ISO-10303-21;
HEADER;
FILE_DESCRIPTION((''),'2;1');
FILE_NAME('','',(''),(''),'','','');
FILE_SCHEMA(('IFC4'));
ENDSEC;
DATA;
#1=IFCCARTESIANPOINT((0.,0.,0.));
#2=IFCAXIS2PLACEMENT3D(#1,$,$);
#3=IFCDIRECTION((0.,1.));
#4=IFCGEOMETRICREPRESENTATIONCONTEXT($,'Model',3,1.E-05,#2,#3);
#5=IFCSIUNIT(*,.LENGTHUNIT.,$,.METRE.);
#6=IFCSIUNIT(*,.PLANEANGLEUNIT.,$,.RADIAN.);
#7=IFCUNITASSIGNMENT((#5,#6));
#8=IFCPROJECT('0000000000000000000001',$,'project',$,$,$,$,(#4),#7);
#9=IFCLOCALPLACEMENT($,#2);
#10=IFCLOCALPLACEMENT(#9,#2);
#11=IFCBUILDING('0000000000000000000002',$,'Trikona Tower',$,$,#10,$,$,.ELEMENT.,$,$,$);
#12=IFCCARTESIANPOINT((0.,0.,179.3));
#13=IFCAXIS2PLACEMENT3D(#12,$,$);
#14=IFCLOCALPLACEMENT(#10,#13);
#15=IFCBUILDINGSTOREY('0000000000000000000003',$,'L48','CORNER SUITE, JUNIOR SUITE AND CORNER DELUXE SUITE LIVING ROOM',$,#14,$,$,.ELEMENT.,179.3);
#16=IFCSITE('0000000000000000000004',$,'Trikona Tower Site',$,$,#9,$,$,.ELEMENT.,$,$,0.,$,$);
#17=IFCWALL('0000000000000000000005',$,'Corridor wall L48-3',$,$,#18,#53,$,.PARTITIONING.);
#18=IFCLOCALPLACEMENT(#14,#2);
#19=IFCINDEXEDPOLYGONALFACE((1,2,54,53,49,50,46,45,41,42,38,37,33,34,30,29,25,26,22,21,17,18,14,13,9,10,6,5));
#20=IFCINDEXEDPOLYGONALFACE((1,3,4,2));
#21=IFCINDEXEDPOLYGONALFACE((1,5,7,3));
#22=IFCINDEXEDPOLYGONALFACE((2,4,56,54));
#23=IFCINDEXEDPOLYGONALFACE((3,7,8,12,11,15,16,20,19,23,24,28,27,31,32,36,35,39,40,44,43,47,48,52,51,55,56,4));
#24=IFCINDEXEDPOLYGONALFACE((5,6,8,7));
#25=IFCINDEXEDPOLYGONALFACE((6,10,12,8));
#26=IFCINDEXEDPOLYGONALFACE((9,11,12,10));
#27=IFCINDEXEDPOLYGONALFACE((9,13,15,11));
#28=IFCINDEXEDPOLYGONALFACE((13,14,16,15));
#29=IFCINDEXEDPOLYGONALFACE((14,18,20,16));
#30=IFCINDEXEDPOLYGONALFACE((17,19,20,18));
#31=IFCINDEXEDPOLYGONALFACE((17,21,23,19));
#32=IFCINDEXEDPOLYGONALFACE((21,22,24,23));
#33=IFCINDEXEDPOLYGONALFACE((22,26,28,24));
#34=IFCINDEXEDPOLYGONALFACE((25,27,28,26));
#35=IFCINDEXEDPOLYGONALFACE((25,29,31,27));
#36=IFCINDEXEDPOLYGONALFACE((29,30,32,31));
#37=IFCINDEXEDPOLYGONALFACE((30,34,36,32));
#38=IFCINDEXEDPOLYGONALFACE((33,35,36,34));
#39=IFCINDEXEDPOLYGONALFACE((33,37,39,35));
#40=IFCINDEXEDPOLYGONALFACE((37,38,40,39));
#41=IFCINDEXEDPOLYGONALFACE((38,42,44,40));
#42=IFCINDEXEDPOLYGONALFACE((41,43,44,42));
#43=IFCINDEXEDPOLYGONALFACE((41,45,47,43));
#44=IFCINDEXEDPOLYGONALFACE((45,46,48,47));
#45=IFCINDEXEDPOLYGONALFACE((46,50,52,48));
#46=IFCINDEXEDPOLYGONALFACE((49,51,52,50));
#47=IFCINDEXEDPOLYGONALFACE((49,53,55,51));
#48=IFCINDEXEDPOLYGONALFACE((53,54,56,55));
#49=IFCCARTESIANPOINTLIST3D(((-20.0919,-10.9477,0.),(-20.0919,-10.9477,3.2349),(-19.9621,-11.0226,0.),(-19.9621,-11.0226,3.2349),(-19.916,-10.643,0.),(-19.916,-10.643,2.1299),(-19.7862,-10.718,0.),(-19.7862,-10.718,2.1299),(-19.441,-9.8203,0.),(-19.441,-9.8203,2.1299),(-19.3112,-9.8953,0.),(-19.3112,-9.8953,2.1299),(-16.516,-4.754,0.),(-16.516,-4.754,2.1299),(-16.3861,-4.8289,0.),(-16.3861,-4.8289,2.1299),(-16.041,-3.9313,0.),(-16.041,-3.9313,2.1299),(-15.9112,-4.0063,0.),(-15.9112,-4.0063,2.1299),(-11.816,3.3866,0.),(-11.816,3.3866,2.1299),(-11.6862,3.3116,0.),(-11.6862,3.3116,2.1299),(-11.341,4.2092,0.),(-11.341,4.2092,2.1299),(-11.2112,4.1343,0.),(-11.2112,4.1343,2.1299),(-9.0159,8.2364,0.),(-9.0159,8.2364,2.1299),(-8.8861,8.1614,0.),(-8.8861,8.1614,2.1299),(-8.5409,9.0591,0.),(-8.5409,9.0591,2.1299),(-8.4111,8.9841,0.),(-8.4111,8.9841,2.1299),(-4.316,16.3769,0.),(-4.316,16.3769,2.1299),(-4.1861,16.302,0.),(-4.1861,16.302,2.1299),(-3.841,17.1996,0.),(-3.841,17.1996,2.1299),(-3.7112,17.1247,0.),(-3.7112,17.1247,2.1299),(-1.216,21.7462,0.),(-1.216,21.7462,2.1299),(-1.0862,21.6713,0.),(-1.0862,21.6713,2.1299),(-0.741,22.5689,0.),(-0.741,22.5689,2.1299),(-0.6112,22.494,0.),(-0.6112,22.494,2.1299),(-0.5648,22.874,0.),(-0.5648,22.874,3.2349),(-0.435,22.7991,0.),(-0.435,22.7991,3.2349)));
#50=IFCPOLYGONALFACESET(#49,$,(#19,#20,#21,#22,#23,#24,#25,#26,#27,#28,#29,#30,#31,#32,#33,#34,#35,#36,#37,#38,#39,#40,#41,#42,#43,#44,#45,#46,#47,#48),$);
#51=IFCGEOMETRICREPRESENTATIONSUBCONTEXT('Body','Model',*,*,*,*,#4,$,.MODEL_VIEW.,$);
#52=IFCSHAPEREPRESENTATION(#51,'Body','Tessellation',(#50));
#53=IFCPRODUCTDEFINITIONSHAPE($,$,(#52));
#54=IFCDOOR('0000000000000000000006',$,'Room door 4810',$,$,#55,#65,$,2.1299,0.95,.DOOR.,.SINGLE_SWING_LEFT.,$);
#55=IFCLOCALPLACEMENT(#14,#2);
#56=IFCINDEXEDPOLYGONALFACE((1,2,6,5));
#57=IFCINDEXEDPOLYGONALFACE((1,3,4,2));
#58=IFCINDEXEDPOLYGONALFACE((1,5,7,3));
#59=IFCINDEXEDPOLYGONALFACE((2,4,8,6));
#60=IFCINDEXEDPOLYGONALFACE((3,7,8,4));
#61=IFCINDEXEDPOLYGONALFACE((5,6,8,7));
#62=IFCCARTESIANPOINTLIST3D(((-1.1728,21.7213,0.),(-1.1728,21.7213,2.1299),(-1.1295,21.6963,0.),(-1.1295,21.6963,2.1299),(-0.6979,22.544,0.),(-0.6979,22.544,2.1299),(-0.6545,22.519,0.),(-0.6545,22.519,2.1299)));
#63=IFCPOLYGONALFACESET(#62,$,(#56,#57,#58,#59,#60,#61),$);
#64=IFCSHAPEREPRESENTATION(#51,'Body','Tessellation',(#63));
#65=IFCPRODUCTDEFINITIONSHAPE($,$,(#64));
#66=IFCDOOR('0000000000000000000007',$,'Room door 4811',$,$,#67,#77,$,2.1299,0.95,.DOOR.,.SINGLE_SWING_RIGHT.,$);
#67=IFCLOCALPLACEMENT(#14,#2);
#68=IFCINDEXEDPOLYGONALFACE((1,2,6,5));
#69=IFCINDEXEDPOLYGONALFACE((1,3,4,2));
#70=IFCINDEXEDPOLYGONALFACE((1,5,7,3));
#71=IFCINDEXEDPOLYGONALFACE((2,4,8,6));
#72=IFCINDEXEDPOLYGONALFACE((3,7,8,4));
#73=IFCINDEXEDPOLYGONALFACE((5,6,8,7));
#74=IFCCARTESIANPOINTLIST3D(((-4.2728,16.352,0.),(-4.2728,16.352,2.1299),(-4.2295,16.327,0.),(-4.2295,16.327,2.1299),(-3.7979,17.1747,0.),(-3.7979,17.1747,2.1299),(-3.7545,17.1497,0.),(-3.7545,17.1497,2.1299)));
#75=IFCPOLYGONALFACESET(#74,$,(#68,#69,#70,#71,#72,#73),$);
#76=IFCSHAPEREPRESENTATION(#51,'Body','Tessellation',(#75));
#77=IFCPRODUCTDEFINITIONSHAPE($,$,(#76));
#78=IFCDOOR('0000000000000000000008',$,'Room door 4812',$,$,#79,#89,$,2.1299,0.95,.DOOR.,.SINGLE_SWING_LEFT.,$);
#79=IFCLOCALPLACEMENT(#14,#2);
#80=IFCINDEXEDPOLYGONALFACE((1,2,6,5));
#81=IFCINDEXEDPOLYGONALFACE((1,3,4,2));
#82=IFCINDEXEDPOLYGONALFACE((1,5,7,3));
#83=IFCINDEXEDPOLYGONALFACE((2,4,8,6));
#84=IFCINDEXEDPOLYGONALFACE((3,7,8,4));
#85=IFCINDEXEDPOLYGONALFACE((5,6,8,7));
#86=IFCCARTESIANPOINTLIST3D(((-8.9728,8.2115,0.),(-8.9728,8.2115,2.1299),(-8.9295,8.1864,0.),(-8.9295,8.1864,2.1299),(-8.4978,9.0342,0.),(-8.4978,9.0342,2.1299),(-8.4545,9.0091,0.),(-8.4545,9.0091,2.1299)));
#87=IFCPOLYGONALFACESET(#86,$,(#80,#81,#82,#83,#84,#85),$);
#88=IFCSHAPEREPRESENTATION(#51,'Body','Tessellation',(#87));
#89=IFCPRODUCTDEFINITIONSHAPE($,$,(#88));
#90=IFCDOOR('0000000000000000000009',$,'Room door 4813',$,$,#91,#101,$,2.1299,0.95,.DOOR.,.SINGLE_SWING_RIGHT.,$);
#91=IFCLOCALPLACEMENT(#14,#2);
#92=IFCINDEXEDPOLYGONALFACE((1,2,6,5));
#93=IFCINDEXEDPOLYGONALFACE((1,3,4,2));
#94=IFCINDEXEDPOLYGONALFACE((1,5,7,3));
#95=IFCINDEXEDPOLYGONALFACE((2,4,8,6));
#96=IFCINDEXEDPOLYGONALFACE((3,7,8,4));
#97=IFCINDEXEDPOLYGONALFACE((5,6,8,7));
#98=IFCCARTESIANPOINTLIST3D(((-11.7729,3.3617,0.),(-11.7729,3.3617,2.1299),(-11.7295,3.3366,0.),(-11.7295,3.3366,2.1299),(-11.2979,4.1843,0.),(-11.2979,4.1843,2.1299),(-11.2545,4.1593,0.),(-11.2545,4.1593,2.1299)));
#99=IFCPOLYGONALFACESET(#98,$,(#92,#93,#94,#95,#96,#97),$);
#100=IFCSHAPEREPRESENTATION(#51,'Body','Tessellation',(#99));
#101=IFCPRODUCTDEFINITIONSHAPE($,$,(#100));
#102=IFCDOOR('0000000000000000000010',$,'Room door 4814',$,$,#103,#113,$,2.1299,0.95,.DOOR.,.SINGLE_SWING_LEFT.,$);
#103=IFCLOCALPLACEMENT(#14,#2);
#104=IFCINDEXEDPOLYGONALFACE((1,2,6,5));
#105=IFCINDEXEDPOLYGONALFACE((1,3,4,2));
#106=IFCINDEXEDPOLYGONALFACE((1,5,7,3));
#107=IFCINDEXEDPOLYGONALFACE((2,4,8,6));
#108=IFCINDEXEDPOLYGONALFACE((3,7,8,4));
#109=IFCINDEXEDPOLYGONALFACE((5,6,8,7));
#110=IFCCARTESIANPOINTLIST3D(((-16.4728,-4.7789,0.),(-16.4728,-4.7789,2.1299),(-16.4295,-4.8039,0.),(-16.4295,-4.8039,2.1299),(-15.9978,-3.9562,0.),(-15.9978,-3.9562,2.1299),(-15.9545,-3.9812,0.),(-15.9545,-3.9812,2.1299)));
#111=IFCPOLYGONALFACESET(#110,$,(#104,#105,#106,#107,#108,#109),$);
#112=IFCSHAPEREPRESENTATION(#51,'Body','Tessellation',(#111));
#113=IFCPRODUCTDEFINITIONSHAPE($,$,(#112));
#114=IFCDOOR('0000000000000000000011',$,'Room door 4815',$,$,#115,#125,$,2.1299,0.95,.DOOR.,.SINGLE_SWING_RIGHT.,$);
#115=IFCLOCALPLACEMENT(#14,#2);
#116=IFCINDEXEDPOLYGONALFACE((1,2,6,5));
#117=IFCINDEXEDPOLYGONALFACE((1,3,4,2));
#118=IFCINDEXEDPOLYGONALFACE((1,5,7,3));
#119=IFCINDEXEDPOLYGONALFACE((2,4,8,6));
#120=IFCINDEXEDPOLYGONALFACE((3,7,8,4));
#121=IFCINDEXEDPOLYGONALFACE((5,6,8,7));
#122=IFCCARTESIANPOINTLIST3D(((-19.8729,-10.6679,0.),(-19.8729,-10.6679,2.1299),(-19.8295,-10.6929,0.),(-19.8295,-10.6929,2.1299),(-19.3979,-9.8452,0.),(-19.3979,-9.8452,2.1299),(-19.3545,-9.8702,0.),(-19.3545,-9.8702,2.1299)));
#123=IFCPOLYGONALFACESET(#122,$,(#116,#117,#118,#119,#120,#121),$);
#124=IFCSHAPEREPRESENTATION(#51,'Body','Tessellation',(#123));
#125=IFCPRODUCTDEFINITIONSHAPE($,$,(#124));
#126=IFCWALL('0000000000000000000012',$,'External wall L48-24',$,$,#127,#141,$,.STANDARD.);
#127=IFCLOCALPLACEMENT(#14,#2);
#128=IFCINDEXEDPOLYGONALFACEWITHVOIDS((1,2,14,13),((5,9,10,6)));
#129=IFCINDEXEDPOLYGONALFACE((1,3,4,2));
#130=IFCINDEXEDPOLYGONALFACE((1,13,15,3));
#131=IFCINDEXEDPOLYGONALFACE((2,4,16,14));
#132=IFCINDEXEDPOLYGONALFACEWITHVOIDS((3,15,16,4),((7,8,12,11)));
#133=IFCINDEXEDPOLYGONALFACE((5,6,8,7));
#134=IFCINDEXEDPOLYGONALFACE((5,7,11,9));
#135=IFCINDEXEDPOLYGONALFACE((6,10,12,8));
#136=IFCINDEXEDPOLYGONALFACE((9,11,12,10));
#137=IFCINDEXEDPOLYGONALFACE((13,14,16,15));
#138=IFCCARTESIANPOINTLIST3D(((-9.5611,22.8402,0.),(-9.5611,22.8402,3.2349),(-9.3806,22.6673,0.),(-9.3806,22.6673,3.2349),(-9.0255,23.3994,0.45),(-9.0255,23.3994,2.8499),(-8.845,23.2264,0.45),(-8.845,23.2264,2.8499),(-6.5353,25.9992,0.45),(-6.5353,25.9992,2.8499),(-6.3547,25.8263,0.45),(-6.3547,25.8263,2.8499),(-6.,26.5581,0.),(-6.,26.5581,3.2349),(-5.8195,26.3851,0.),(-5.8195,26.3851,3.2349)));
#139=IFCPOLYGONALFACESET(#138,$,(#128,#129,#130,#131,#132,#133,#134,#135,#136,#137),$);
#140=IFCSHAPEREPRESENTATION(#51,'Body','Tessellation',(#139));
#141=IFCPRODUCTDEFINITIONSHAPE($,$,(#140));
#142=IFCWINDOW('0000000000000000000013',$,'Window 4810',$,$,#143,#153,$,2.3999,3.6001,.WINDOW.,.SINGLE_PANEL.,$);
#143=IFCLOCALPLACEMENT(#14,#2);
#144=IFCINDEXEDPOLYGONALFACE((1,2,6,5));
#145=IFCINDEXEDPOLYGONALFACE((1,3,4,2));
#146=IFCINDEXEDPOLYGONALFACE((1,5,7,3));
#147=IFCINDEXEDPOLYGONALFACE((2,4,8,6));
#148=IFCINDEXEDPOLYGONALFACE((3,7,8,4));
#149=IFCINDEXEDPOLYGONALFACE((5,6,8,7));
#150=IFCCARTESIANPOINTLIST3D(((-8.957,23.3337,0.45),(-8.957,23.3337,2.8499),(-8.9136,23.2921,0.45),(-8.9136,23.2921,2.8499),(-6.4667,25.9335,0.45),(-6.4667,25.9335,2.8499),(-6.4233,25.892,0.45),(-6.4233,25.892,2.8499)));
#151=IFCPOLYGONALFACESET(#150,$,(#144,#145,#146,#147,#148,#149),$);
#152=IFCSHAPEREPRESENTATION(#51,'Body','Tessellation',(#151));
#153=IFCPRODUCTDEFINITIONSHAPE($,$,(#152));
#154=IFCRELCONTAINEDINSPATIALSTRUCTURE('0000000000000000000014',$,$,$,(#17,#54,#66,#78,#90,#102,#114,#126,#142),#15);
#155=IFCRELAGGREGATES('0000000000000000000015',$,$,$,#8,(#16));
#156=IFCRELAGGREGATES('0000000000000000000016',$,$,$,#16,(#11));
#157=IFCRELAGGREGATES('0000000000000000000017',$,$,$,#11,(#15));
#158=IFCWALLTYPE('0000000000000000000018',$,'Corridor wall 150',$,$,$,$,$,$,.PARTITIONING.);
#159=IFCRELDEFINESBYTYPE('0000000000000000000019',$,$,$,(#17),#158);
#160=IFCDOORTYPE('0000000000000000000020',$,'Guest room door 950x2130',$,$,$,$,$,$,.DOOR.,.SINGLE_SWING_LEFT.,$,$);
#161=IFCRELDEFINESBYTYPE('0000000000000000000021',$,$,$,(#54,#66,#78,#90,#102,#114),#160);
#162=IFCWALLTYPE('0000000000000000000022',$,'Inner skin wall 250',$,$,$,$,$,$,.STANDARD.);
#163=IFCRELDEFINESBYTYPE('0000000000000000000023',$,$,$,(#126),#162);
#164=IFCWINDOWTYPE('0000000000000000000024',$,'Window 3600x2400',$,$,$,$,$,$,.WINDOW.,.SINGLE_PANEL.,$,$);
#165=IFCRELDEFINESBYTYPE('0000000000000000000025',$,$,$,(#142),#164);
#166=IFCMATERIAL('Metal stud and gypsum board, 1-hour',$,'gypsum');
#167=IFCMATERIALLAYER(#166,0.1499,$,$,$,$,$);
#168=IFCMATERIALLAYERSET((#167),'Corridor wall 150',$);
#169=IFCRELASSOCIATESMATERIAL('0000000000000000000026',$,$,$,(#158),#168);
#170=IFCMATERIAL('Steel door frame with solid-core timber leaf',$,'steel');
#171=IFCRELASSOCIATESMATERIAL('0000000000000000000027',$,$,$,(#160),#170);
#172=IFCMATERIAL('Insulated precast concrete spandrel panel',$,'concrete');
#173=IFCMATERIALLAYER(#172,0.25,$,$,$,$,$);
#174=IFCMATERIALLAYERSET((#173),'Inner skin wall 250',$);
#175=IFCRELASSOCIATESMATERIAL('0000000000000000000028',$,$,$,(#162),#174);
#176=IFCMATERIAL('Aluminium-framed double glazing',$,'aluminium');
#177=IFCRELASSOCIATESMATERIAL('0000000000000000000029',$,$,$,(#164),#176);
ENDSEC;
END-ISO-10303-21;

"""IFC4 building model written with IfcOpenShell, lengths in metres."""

from ifc_helpers import new_model, si_unit, direction, frame, frame_2d, origin, place, context, subcontext, project, spatial, rectangle, extrude, material, layer, layer_set, type_object, element, fill, save


model = new_model("IFC4")

# Units and contexts
model_context = context("Model", 3, precision=1e-05, world=origin(), true_north=direction((0.0, 1.0)))
body_context = subcontext(model_context, "Body", "Model", "MODEL_VIEW")
ifc_project = project(units=[si_unit("LENGTHUNIT", "METRE"), si_unit("PLANEANGLEUNIT", "RADIAN")], contexts=[model_context])

# Site, building, storey
site_placement = place(None, origin())
site = spatial("IfcSite", under=ifc_project, at=site_placement, Name="Trikona Tower Site", CompositionType="ELEMENT", RefElevation=0.0)
building_placement = place(site_placement, origin())
building = spatial("IfcBuilding", under=site, at=building_placement, Name="Trikona Tower", CompositionType="ELEMENT")
storey_placement = place(building_placement, frame((0.0, 0.0, 179.3)))
storey = spatial("IfcBuildingStorey", under=building, at=storey_placement, Name="L48", Description="CORNER SUITE, JUNIOR SUITE AND CORNER DELUXE SUITE LIVING ROOM", CompositionType="ELEMENT", Elevation=179.3)

# Wall, openings, doors
ifc_material_1 = material(Name="Metal stud and gypsum board, 1-hour", Category="gypsum")
ifc_layer_1 = layer(ifc_material_1, 0.1499)
ifc_layer_set_1 = layer_set([ifc_layer_1], Name="Corridor wall 150")
wall_type_1 = type_object("IfcWallType", Name="Corridor wall 150", PredefinedType="PARTITIONING", material=ifc_layer_set_1)
wall_1_placement = place(storey_placement, frame((-0.5, 22.8364, 0.0), z_axis=(0.0, 0.0, 1.0), x_axis=(-0.500002, -0.866024, 0.0)))
wall_1 = element("IfcWall", 1, at=wall_1_placement, inside=storey, type_object=wall_type_1, Name="Corridor wall L48-3", PredefinedType="PARTITIONING", context=body_context, shape_type="SweptSolid", body=[
    extrude(rectangle(XDim=39.054, YDim=0.1499, at=frame_2d((19.5269, 0.0))), origin(), (0.0, 0.0, 1.0), 3.2349),
])
opening_1_placement = place(wall_1_placement, frame((0.3521, 0.0, 0.0)))
opening_1 = element("IfcOpeningElement", 2, at=opening_1_placement, cuts=wall_1, PredefinedType="OPENING", context=body_context, shape_type="SweptSolid", body=[
    extrude(rectangle(XDim=0.95, YDim=2.1299, at=frame_2d((0.4751, 1.0649))), frame((0.0, 0.085, 0.0), z_axis=(0.0, -1.0, 0.0), x_axis=(1.0, 0.0, 0.0)), (0.0, 0.0, 1.0), 0.1699),
])
opening_2_placement = place(wall_1_placement, frame((6.552, 0.0, 0.0)))
opening_2 = element("IfcOpeningElement", 3, at=opening_2_placement, cuts=wall_1, PredefinedType="OPENING", context=body_context, shape_type="SweptSolid", body=[
    extrude(rectangle(XDim=0.95, YDim=2.1299, at=frame_2d((0.4751, 1.0649))), frame((0.0, 0.085, 0.0), z_axis=(0.0, -1.0, 0.0), x_axis=(1.0, 0.0, 0.0)), (0.0, 0.0, 1.0), 0.1699),
])
opening_3_placement = place(wall_1_placement, frame((15.9519, 0.0, 0.0)))
opening_3 = element("IfcOpeningElement", 4, at=opening_3_placement, cuts=wall_1, PredefinedType="OPENING", context=body_context, shape_type="SweptSolid", body=[
    extrude(rectangle(XDim=0.95, YDim=2.1299, at=frame_2d((0.4751, 1.0649))), frame((0.0, 0.085, 0.0), z_axis=(0.0, -1.0, 0.0), x_axis=(1.0, 0.0, 0.0)), (0.0, 0.0, 1.0), 0.1699),
])
opening_4_placement = place(wall_1_placement, frame((21.552, 0.0, 0.0)))
opening_4 = element("IfcOpeningElement", 5, at=opening_4_placement, cuts=wall_1, PredefinedType="OPENING", context=body_context, shape_type="SweptSolid", body=[
    extrude(rectangle(XDim=0.95, YDim=2.1299, at=frame_2d((0.4751, 1.0649))), frame((0.0, 0.085, 0.0), z_axis=(0.0, -1.0, 0.0), x_axis=(1.0, 0.0, 0.0)), (0.0, 0.0, 1.0), 0.1699),
])
opening_5_placement = place(wall_1_placement, frame((30.9519, 0.0, 0.0)))
opening_5 = element("IfcOpeningElement", 6, at=opening_5_placement, cuts=wall_1, PredefinedType="OPENING", context=body_context, shape_type="SweptSolid", body=[
    extrude(rectangle(XDim=0.95, YDim=2.1299, at=frame_2d((0.4751, 1.0649))), frame((0.0, 0.085, 0.0), z_axis=(0.0, -1.0, 0.0), x_axis=(1.0, 0.0, 0.0)), (0.0, 0.0, 1.0), 0.1699),
])
opening_6_placement = place(wall_1_placement, frame((37.752, 0.0, 0.0)))
opening_6 = element("IfcOpeningElement", 7, at=opening_6_placement, cuts=wall_1, PredefinedType="OPENING", context=body_context, shape_type="SweptSolid", body=[
    extrude(rectangle(XDim=0.95, YDim=2.1299, at=frame_2d((0.4751, 1.0649))), frame((0.0, 0.085, 0.0), z_axis=(0.0, -1.0, 0.0), x_axis=(1.0, 0.0, 0.0)), (0.0, 0.0, 1.0), 0.1699),
])
ifc_material_2 = material(Name="Steel door frame with solid-core timber leaf", Category="steel")
door_type = type_object("IfcDoorType", Name="Guest room door 950x2130", OperationType="SINGLE_SWING_LEFT", PredefinedType="DOOR", material=ifc_material_2)
door_1_placement = place(opening_1_placement, origin())
door_1 = element("IfcDoor", 8, at=door_1_placement, inside=storey, type_object=door_type, Name="Room door 4810", OperationType="SINGLE_SWING_LEFT", OverallHeight=2.1299, OverallWidth=0.95, PredefinedType="DOOR", context=body_context, shape_type="SweptSolid", body=[
    extrude(rectangle(XDim=0.95, YDim=2.1299, at=frame_2d((0.4751, 1.0649))), frame((0.0, 0.0249, 0.0), z_axis=(0.0, -1.0, 0.0), x_axis=(1.0, 0.0, 0.0)), (0.0, 0.0, 1.0), 0.05),
])
fill(opening_1, door_1)
door_2_placement = place(opening_2_placement, origin())
door_2 = element("IfcDoor", 9, at=door_2_placement, inside=storey, type_object=door_type, Name="Room door 4811", OperationType="SINGLE_SWING_RIGHT", OverallHeight=2.1299, OverallWidth=0.95, PredefinedType="DOOR", context=body_context, shape_type="SweptSolid", body=[
    extrude(rectangle(XDim=0.95, YDim=2.1299, at=frame_2d((0.4751, 1.0649))), frame((0.0, 0.0249, 0.0), z_axis=(0.0, -1.0, 0.0), x_axis=(1.0, 0.0, 0.0)), (0.0, 0.0, 1.0), 0.05),
])
fill(opening_2, door_2)
door_3_placement = place(opening_3_placement, origin())
door_3 = element("IfcDoor", 10, at=door_3_placement, inside=storey, type_object=door_type, Name="Room door 4812", OperationType="SINGLE_SWING_LEFT", OverallHeight=2.1299, OverallWidth=0.95, PredefinedType="DOOR", context=body_context, shape_type="SweptSolid", body=[
    extrude(rectangle(XDim=0.95, YDim=2.1299, at=frame_2d((0.4751, 1.0649))), frame((0.0, 0.0249, 0.0), z_axis=(0.0, -1.0, 0.0), x_axis=(1.0, 0.0, 0.0)), (0.0, 0.0, 1.0), 0.05),
])
fill(opening_3, door_3)
door_4_placement = place(opening_4_placement, origin())
door_4 = element("IfcDoor", 11, at=door_4_placement, inside=storey, type_object=door_type, Name="Room door 4813", OperationType="SINGLE_SWING_RIGHT", OverallHeight=2.1299, OverallWidth=0.95, PredefinedType="DOOR", context=body_context, shape_type="SweptSolid", body=[
    extrude(rectangle(XDim=0.95, YDim=2.1299, at=frame_2d((0.4751, 1.0649))), frame((0.0, 0.0249, 0.0), z_axis=(0.0, -1.0, 0.0), x_axis=(1.0, 0.0, 0.0)), (0.0, 0.0, 1.0), 0.05),
])
fill(opening_4, door_4)
door_5_placement = place(opening_5_placement, origin())
door_5 = element("IfcDoor", 12, at=door_5_placement, inside=storey, type_object=door_type, Name="Room door 4814", OperationType="SINGLE_SWING_LEFT", OverallHeight=2.1299, OverallWidth=0.95, PredefinedType="DOOR", context=body_context, shape_type="SweptSolid", body=[
    extrude(rectangle(XDim=0.95, YDim=2.1299, at=frame_2d((0.4751, 1.0649))), frame((0.0, 0.0249, 0.0), z_axis=(0.0, -1.0, 0.0), x_axis=(1.0, 0.0, 0.0)), (0.0, 0.0, 1.0), 0.05),
])
fill(opening_5, door_5)
door_6_placement = place(opening_6_placement, origin())
door_6 = element("IfcDoor", 13, at=door_6_placement, inside=storey, type_object=door_type, Name="Room door 4815", OperationType="SINGLE_SWING_RIGHT", OverallHeight=2.1299, OverallWidth=0.95, PredefinedType="DOOR", context=body_context, shape_type="SweptSolid", body=[
    extrude(rectangle(XDim=0.95, YDim=2.1299, at=frame_2d((0.4751, 1.0649))), frame((0.0, 0.0249, 0.0), z_axis=(0.0, -1.0, 0.0), x_axis=(1.0, 0.0, 0.0)), (0.0, 0.0, 1.0), 0.05),
])
fill(opening_6, door_6)

# Wall, opening, window
ifc_material_3 = material(Name="Insulated precast concrete spandrel panel", Category="concrete")
ifc_layer_2 = layer(ifc_material_3, 0.25)
ifc_layer_set_2 = layer_set([ifc_layer_2], Name="Inner skin wall 250")
wall_type_2 = type_object("IfcWallType", Name="Inner skin wall 250", PredefinedType="STANDARD", material=ifc_layer_set_2)
wall_2_placement = place(storey_placement, frame((-5.9097, 26.4717, 0.0), z_axis=(0.0, 0.0, 1.0), x_axis=(-0.69172, -0.722166, 0.0)))
wall_2 = element("IfcWall", 14, at=wall_2_placement, inside=storey, type_object=wall_type_2, Name="External wall L48-24", PredefinedType="STANDARD", context=body_context, shape_type="SweptSolid", body=[
    extrude(rectangle(XDim=5.1482, YDim=0.25, at=frame_2d((2.5742, 0.0))), origin(), (0.0, 0.0, 1.0), 3.2349),
])
opening_7_placement = place(wall_2_placement, frame((0.7739, 0.0, 0.45)))
opening_7 = element("IfcOpeningElement", 15, at=opening_7_placement, cuts=wall_2, PredefinedType="OPENING", context=body_context, shape_type="SweptSolid", body=[
    extrude(rectangle(XDim=3.6001, YDim=2.3999, at=frame_2d((1.8, 1.2))), frame((0.0, 0.135, 0.0), z_axis=(0.0, -1.0, 0.0), x_axis=(1.0, 0.0, 0.0)), (0.0, 0.0, 1.0), 0.27),
])
ifc_material_4 = material(Name="Aluminium-framed double glazing", Category="aluminium")
window_type_1 = type_object("IfcWindowType", Name="Window 3600x2400", PartitioningType="SINGLE_PANEL", PredefinedType="WINDOW", material=ifc_material_4)
window_1_placement = place(opening_7_placement, origin())
window_1 = element("IfcWindow", 16, at=window_1_placement, inside=storey, type_object=window_type_1, Name="Window 4810", OverallHeight=2.3999, OverallWidth=3.6001, PartitioningType="SINGLE_PANEL", PredefinedType="WINDOW", context=body_context, shape_type="SweptSolid", body=[
    extrude(rectangle(XDim=3.6001, YDim=2.3999, at=frame_2d((1.8, 1.2))), frame((0.0, 0.03, 0.0), z_axis=(0.0, -1.0, 0.0), x_axis=(1.0, 0.0, 0.0)), (0.0, 0.0, 1.0), 0.0601),
])
fill(opening_7, window_1)

save(model, "model.ifc")
